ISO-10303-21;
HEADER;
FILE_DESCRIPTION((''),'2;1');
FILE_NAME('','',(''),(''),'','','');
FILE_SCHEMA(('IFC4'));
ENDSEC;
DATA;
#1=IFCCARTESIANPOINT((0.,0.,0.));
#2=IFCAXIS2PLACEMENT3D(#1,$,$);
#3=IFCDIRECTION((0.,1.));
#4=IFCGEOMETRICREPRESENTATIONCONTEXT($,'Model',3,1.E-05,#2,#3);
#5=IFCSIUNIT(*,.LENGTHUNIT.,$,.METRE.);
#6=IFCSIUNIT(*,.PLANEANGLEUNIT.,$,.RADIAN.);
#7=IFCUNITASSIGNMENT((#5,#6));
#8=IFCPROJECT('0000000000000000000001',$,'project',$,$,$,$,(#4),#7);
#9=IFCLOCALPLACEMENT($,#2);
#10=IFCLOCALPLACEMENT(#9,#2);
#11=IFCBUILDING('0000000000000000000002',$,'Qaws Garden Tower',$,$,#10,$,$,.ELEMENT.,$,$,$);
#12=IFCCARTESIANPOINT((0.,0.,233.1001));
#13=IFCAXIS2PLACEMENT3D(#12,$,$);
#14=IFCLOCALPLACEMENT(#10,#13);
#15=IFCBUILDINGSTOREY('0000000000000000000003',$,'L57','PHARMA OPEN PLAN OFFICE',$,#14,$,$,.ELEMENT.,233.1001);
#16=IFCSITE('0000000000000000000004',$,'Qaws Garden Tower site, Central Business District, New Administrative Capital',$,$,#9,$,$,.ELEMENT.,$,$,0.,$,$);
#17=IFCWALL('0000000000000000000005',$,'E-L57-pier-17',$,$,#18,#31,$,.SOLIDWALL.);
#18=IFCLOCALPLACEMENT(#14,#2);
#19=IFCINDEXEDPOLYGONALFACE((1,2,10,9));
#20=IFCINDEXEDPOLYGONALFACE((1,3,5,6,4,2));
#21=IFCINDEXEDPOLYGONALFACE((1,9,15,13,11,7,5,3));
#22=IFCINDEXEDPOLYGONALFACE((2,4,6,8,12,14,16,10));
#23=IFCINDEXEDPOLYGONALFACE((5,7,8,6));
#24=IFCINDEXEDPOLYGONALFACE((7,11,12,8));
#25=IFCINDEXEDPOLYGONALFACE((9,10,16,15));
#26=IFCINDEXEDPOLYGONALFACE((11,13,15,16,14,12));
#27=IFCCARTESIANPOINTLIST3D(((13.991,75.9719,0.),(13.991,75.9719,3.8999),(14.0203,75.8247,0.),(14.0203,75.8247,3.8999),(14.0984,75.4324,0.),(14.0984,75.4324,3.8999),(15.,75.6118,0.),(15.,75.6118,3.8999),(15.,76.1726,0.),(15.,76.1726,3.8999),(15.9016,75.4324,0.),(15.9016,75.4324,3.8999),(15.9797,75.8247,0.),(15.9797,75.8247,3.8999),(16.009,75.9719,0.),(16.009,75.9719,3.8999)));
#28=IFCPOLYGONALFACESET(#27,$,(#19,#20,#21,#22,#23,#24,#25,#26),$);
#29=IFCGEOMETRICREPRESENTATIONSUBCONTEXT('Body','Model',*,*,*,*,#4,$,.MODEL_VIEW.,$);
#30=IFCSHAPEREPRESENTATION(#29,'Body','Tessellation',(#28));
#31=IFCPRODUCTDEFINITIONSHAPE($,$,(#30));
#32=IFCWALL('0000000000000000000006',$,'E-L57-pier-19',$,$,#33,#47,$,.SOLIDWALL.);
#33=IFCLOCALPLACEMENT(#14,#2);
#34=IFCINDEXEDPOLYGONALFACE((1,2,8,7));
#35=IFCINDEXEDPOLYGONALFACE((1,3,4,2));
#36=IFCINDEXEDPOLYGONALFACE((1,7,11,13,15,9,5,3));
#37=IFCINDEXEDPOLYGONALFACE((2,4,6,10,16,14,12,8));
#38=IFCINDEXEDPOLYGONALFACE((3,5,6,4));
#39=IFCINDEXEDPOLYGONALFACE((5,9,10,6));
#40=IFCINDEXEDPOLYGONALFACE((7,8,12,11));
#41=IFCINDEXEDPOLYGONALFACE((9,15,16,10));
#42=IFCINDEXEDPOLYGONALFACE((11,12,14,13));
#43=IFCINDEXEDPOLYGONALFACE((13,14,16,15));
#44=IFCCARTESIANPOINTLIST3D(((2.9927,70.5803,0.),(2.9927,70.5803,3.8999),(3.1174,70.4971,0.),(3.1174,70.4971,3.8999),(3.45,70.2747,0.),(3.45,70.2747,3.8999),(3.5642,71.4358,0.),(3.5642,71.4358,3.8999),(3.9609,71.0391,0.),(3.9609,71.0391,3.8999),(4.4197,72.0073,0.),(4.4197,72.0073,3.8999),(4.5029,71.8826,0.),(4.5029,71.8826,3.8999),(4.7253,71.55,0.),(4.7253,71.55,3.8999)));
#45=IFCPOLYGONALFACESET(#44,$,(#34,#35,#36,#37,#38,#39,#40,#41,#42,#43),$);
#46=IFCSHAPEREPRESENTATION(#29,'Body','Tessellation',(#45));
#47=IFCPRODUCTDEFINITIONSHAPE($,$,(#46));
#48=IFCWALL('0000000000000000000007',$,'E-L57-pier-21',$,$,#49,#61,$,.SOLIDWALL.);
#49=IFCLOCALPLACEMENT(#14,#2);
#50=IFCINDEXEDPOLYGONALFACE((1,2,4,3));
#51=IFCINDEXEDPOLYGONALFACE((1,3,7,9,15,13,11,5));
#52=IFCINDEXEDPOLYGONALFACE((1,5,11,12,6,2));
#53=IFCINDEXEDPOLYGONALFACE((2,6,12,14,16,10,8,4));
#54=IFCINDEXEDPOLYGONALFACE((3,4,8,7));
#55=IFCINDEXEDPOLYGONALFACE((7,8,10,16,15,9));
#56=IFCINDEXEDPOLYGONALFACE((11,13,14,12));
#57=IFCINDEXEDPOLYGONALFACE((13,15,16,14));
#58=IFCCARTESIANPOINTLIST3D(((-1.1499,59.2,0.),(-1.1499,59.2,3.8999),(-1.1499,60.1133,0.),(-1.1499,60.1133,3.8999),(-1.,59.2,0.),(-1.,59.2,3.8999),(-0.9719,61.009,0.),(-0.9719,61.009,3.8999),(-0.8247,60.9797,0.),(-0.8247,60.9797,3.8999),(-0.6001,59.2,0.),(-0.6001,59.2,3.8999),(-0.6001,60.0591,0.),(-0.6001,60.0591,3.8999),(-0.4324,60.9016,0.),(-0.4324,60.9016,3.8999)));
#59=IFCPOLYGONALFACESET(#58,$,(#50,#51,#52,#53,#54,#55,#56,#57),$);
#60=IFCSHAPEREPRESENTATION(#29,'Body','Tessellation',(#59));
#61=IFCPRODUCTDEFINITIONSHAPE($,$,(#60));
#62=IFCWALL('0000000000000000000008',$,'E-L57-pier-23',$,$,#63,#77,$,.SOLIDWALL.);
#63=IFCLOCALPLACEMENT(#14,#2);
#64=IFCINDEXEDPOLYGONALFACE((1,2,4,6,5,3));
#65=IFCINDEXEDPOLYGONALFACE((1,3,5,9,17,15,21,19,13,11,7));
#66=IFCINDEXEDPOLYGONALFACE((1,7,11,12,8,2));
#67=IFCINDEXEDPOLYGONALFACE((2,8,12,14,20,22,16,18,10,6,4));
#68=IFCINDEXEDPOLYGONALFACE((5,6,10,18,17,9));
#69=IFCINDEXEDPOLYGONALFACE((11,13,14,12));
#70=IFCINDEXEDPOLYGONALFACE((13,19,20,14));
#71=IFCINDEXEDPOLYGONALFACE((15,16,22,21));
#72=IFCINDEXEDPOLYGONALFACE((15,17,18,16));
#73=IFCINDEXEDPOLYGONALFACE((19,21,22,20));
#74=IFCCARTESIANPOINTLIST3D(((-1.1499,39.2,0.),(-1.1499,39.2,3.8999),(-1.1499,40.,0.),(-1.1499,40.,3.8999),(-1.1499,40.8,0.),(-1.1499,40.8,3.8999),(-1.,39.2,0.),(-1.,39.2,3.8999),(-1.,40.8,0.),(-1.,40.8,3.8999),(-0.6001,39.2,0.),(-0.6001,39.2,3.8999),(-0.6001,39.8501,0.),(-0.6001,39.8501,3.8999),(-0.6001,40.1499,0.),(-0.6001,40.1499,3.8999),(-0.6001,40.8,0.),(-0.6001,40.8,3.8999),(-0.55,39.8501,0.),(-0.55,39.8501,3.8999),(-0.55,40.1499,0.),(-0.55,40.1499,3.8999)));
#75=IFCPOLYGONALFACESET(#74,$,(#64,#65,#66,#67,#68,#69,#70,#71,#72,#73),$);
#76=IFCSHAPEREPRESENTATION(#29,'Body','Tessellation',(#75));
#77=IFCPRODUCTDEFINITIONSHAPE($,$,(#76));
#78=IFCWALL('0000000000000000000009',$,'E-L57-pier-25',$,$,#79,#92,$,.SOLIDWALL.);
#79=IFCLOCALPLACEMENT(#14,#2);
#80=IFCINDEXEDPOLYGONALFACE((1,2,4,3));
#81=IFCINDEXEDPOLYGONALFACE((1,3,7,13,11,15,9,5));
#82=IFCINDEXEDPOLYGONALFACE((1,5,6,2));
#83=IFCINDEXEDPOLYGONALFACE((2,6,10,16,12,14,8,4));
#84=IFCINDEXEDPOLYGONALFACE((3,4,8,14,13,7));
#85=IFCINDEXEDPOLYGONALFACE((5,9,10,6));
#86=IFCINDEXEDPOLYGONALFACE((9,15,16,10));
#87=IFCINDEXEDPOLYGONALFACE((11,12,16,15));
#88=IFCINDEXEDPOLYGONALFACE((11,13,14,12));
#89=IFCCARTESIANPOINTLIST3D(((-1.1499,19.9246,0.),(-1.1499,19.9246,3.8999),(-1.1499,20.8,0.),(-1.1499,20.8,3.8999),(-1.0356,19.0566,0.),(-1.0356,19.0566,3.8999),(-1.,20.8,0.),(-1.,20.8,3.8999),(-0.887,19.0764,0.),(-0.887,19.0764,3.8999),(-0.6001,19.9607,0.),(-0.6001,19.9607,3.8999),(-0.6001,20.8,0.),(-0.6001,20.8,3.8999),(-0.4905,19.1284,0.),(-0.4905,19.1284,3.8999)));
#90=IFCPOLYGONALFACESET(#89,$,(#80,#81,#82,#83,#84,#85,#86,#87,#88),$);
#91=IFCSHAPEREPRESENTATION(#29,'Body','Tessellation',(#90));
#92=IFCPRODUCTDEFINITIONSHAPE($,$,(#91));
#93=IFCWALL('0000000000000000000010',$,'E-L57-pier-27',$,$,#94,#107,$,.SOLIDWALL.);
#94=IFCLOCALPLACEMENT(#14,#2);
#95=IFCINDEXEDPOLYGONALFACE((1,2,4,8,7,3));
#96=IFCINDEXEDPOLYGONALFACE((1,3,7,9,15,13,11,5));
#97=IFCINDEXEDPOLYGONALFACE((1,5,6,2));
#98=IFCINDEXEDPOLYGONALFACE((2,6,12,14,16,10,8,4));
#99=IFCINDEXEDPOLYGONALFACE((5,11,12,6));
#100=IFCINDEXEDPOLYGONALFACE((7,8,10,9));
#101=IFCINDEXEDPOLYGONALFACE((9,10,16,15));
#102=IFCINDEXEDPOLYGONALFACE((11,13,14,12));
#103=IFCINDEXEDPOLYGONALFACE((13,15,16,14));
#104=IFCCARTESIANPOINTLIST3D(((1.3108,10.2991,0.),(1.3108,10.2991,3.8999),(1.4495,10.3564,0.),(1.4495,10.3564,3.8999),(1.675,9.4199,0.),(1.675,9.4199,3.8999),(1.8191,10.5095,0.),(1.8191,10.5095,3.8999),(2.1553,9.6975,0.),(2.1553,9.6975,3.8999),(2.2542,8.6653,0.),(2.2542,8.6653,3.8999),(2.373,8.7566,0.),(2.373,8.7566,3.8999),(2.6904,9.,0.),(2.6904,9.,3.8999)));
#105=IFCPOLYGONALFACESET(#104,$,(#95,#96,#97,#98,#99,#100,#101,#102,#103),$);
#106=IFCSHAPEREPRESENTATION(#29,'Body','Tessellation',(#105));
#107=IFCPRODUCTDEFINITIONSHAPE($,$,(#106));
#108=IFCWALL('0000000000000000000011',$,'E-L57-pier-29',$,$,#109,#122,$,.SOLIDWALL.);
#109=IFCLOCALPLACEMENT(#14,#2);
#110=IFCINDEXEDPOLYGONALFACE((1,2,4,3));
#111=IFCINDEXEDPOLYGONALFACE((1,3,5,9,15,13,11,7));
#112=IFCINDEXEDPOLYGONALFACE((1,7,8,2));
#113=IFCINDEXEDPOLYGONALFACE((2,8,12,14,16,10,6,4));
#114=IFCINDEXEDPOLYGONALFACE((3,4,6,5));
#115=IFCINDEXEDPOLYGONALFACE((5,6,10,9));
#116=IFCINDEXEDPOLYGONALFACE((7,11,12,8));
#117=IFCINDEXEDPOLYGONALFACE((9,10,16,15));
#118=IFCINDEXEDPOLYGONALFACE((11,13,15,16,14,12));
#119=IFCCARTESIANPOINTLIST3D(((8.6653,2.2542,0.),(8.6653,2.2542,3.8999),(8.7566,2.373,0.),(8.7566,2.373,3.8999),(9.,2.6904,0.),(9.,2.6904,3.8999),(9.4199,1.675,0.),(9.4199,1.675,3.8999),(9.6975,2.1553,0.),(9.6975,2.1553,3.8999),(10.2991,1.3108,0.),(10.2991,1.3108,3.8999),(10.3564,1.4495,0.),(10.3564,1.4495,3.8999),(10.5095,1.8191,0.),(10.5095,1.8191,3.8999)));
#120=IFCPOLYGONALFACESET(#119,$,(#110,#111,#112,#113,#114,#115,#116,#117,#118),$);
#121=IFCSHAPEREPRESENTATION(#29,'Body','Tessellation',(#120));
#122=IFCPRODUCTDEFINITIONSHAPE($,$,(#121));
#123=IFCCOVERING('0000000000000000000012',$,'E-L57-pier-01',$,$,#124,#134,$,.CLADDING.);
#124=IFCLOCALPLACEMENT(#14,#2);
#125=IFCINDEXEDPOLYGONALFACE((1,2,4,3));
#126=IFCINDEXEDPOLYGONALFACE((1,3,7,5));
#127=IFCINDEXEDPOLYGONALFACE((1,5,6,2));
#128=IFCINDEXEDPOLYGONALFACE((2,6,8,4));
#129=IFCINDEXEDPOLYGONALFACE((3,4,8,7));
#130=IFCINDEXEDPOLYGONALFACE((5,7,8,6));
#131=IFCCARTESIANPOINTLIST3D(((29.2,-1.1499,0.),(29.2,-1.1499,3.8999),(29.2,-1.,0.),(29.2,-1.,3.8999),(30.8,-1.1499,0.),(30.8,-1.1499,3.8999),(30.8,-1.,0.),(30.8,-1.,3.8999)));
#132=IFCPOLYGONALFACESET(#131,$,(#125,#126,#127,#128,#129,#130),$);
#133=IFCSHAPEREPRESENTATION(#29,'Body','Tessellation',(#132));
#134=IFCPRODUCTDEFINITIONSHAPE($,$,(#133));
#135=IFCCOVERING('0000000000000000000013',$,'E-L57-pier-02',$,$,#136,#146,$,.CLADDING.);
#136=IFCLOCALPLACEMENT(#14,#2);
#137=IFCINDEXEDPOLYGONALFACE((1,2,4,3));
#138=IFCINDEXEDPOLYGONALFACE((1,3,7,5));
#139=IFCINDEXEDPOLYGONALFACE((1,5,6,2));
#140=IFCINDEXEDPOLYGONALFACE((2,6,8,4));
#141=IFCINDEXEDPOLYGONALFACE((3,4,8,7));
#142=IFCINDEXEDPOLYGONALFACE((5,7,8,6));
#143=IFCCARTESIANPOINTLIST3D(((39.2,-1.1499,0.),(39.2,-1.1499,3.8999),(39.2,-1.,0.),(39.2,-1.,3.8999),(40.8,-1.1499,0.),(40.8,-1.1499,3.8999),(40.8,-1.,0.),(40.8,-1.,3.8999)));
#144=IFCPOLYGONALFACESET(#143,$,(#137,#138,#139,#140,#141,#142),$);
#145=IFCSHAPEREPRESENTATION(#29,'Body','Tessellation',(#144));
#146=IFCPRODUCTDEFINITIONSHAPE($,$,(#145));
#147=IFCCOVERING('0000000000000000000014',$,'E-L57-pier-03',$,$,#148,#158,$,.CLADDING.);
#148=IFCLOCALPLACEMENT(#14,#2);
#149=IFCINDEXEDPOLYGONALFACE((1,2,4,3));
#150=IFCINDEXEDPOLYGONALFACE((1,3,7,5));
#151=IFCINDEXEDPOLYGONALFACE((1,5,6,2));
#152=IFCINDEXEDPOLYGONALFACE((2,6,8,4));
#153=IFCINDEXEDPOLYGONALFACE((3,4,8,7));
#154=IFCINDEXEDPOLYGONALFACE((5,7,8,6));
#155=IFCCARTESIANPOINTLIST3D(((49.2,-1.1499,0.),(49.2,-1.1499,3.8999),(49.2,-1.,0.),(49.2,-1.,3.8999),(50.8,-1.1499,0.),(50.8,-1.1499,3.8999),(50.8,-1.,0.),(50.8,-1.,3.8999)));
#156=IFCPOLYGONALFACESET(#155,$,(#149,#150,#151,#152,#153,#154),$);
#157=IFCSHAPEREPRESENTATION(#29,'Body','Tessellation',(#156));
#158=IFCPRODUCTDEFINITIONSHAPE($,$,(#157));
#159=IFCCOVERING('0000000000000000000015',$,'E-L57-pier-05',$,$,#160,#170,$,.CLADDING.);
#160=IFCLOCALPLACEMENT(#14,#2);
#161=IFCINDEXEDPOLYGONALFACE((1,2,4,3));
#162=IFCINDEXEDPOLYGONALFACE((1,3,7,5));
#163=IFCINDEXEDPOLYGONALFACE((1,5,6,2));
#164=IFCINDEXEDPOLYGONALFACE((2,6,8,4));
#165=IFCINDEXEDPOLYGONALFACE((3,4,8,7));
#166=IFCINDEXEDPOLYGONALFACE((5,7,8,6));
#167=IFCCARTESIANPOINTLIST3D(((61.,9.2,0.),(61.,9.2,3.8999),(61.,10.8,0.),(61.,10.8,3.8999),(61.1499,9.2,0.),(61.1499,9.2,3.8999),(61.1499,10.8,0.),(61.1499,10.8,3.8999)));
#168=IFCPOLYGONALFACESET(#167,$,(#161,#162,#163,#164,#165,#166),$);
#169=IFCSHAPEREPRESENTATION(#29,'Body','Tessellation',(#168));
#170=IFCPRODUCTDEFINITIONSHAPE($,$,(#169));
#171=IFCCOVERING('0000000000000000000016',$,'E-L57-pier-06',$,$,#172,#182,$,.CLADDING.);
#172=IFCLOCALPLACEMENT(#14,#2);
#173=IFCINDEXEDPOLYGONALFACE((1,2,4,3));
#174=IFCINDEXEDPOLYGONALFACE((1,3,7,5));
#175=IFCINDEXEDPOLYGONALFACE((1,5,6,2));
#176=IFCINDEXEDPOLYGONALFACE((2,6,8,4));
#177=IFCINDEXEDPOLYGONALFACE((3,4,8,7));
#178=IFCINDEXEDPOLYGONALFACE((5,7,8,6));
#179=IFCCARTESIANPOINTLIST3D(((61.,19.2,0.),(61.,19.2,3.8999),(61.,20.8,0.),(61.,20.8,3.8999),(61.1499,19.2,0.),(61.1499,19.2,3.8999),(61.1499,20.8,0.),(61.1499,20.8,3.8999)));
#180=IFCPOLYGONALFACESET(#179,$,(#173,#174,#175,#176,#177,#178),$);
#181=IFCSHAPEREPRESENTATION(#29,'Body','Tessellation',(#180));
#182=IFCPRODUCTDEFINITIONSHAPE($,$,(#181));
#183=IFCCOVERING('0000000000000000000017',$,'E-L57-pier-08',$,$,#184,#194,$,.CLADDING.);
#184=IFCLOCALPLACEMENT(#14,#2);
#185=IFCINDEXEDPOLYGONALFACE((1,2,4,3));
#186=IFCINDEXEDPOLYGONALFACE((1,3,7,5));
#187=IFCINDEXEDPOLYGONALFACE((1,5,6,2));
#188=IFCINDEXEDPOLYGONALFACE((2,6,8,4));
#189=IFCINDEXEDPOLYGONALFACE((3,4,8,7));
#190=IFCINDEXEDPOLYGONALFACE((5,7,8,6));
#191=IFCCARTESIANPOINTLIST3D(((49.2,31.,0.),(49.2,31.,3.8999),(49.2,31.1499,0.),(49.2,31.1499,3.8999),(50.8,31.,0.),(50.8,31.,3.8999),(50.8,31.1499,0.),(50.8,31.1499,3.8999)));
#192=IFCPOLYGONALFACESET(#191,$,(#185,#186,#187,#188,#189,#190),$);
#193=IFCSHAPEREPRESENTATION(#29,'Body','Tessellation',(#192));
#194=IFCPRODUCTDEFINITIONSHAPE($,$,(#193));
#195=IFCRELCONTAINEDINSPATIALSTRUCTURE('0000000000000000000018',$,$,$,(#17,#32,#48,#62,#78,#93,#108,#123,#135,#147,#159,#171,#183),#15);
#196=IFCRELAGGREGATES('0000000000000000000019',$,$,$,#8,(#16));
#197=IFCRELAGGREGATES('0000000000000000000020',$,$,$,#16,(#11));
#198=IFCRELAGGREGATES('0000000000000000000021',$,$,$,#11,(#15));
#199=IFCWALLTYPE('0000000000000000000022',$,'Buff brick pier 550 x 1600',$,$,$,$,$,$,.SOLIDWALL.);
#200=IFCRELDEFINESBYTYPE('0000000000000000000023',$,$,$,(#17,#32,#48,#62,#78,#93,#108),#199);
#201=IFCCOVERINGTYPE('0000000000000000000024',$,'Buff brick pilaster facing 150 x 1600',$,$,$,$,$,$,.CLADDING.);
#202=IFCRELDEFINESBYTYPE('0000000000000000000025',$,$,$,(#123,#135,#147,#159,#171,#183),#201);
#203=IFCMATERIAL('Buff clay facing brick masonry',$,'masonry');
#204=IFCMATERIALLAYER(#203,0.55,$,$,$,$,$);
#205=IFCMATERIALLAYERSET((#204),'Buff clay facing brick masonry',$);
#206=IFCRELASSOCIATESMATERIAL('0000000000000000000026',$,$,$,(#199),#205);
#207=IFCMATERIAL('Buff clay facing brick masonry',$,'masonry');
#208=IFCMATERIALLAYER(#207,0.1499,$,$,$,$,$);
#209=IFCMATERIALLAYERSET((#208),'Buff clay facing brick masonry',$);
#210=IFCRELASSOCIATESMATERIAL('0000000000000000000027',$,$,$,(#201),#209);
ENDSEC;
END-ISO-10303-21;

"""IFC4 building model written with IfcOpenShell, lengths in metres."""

from ifc_helpers import new_model, si_unit, direction, frame, origin, place, context, subcontext, project, spatial, polyline, outline, extrude, material, layer, layer_set, type_object, element, save


model = new_model("IFC4")

# Units and contexts
model_context = context("Model", 3, precision=1e-05, world=origin(), true_north=direction((0.0, 1.0)))
body_context = subcontext(model_context, "Body", "Model", "MODEL_VIEW")
ifc_project = project(units=[si_unit("LENGTHUNIT", "METRE"), si_unit("PLANEANGLEUNIT", "RADIAN")], contexts=[model_context])

# Site, building, storey
site_placement = place(None, origin())
site = spatial("IfcSite", under=ifc_project, at=site_placement, Name="Qaws Garden Tower site, Central Business District, New Administrative Capital", CompositionType="ELEMENT", RefElevation=0.0)
building_placement = place(site_placement, origin())
building = spatial("IfcBuilding", under=site, at=building_placement, Name="Qaws Garden Tower", CompositionType="ELEMENT")
storey_placement = place(building_placement, frame((0.0, 0.0, 233.1001)))
storey = spatial("IfcBuildingStorey", under=building, at=storey_placement, Name="L57", Description="PHARMA OPEN PLAN OFFICE", CompositionType="ELEMENT", Elevation=233.1001)

# Walls
placement = place(storey_placement, origin())
ifc_material_1 = material(Name="Buff clay facing brick masonry", Category="masonry")
ifc_layer_1 = layer(ifc_material_1, 0.55)
ifc_layer_set_1 = layer_set([ifc_layer_1], Name="Buff clay facing brick masonry")
wall_type_1 = type_object("IfcWallType", Name="Buff brick pier 550 x 1600", PredefinedType="SOLIDWALL", material=ifc_layer_set_1)
element("IfcWall", 1, at=placement, inside=storey, type_object=wall_type_1, Name="E-L57-pier-17", PredefinedType="SOLIDWALL", context=body_context, shape_type="SweptSolid", body=[
    extrude(outline(polyline([(15.9797, 75.8247), (16.009, 75.9719), (15.0, 76.1726), (13.991, 75.9719), (14.0203, 75.8247), (14.0984, 75.4324), (15.0, 75.6118), (15.9016, 75.4324), (15.9797, 75.8247)])), origin(), (0.0, 0.0, 1.0), 3.8999),
])
element("IfcWall", 2, at=placement, inside=storey, type_object=wall_type_1, Name="E-L57-pier-19", PredefinedType="SOLIDWALL", context=body_context, shape_type="SweptSolid", body=[
    extrude(outline(polyline([(4.5029, 71.8826), (4.4197, 72.0073), (3.5642, 71.4358), (2.9927, 70.5803), (3.1174, 70.4971), (3.45, 70.2747), (3.9609, 71.0391), (4.7253, 71.55), (4.5029, 71.8826)])), origin(), (0.0, 0.0, 1.0), 3.8999),
])
element("IfcWall", 3, at=placement, inside=storey, type_object=wall_type_1, Name="E-L57-pier-21", PredefinedType="SOLIDWALL", context=body_context, shape_type="SweptSolid", body=[
    extrude(outline(polyline([(-0.8247, 60.9797), (-0.9719, 61.009), (-1.1499, 60.1133), (-1.1499, 59.2), (-1.0, 59.2), (-0.6001, 59.2), (-0.6001, 60.0591), (-0.4324, 60.9016), (-0.8247, 60.9797)])), origin(), (0.0, 0.0, 1.0), 3.8999),
])
element("IfcWall", 4, at=placement, inside=storey, type_object=wall_type_1, Name="E-L57-pier-23", PredefinedType="SOLIDWALL", context=body_context, shape_type="SweptSolid", body=[
    extrude(outline(polyline([(-0.6001, 39.2), (-0.6001, 39.8501), (-0.55, 39.8501), (-0.55, 40.1499), (-0.6001, 40.1499), (-0.6001, 40.8), (-1.0, 40.8), (-1.1499, 40.8), (-1.1499, 40.0), (-1.1499, 39.2), (-1.0, 39.2), (-0.6001, 39.2)])), origin(), (0.0, 0.0, 1.0), 3.8999),
])
element("IfcWall", 5, at=placement, inside=storey, type_object=wall_type_1, Name="E-L57-pier-25", PredefinedType="SOLIDWALL", context=body_context, shape_type="SweptSolid", body=[
    extrude(outline(polyline([(-1.0, 20.8), (-1.1499, 20.8), (-1.1499, 19.9246), (-1.0356, 19.0566), (-0.887, 19.0764), (-0.4905, 19.1284), (-0.6001, 19.9607), (-0.6001, 20.8), (-1.0, 20.8)])), origin(), (0.0, 0.0, 1.0), 3.8999),
])
element("IfcWall", 6, at=placement, inside=storey, type_object=wall_type_1, Name="E-L57-pier-27", PredefinedType="SOLIDWALL", context=body_context, shape_type="SweptSolid", body=[
    extrude(outline(polyline([(1.4495, 10.3564), (1.3108, 10.2991), (1.675, 9.4199), (2.2542, 8.6653), (2.373, 8.7566), (2.6904, 9.0), (2.1553, 9.6975), (1.8191, 10.5095), (1.4495, 10.3564)])), origin(), (0.0, 0.0, 1.0), 3.8999),
])
element("IfcWall", 7, at=placement, inside=storey, type_object=wall_type_1, Name="E-L57-pier-29", PredefinedType="SOLIDWALL", context=body_context, shape_type="SweptSolid", body=[
    extrude(outline(polyline([(8.7566, 2.373), (8.6653, 2.2542), (9.4199, 1.675), (10.2991, 1.3108), (10.3564, 1.4495), (10.5095, 1.8191), (9.6975, 2.1553), (9.0, 2.6904), (8.7566, 2.373)])), origin(), (0.0, 0.0, 1.0), 3.8999),
])

# Coverings
ifc_material_2 = material(Name="Buff clay facing brick masonry", Category="masonry")
ifc_layer_2 = layer(ifc_material_2, 0.1499)
ifc_layer_set_2 = layer_set([ifc_layer_2], Name="Buff clay facing brick masonry")
covering_type = type_object("IfcCoveringType", Name="Buff brick pilaster facing 150 x 1600", PredefinedType="CLADDING", material=ifc_layer_set_2)
element("IfcCovering", 8, at=placement, inside=storey, type_object=covering_type, Name="E-L57-pier-01", PredefinedType="CLADDING", context=body_context, shape_type="SweptSolid", body=[
    extrude(outline(polyline([(29.2, -1.0), (30.8, -1.0), (30.8, -1.1499), (29.2, -1.1499), (29.2, -1.0)])), origin(), (0.0, 0.0, 1.0), 3.8999),
])
element("IfcCovering", 9, at=placement, inside=storey, type_object=covering_type, Name="E-L57-pier-02", PredefinedType="CLADDING", context=body_context, shape_type="SweptSolid", body=[
    extrude(outline(polyline([(39.2, -1.0), (40.8, -1.0), (40.8, -1.1499), (39.2, -1.1499), (39.2, -1.0)])), origin(), (0.0, 0.0, 1.0), 3.8999),
])
element("IfcCovering", 10, at=placement, inside=storey, type_object=covering_type, Name="E-L57-pier-03", PredefinedType="CLADDING", context=body_context, shape_type="SweptSolid", body=[
    extrude(outline(polyline([(49.2, -1.0), (50.8, -1.0), (50.8, -1.1499), (49.2, -1.1499), (49.2, -1.0)])), origin(), (0.0, 0.0, 1.0), 3.8999),
])
element("IfcCovering", 11, at=placement, inside=storey, type_object=covering_type, Name="E-L57-pier-05", PredefinedType="CLADDING", context=body_context, shape_type="SweptSolid", body=[
    extrude(outline(polyline([(61.0, 9.2), (61.0, 10.8), (61.1499, 10.8), (61.1499, 9.2), (61.0, 9.2)])), origin(), (0.0, 0.0, 1.0), 3.8999),
])
element("IfcCovering", 12, at=placement, inside=storey, type_object=covering_type, Name="E-L57-pier-06", PredefinedType="CLADDING", context=body_context, shape_type="SweptSolid", body=[
    extrude(outline(polyline([(61.0, 19.2), (61.0, 20.8), (61.1499, 20.8), (61.1499, 19.2), (61.0, 19.2)])), origin(), (0.0, 0.0, 1.0), 3.8999),
])
element("IfcCovering", 13, at=placement, inside=storey, type_object=covering_type, Name="E-L57-pier-08", PredefinedType="CLADDING", context=body_context, shape_type="SweptSolid", body=[
    extrude(outline(polyline([(50.8, 31.0), (49.2, 31.0), (49.2, 31.1499), (50.8, 31.1499), (50.8, 31.0)])), origin(), (0.0, 0.0, 1.0), 3.8999),
])

save(model, "model.ifc")
